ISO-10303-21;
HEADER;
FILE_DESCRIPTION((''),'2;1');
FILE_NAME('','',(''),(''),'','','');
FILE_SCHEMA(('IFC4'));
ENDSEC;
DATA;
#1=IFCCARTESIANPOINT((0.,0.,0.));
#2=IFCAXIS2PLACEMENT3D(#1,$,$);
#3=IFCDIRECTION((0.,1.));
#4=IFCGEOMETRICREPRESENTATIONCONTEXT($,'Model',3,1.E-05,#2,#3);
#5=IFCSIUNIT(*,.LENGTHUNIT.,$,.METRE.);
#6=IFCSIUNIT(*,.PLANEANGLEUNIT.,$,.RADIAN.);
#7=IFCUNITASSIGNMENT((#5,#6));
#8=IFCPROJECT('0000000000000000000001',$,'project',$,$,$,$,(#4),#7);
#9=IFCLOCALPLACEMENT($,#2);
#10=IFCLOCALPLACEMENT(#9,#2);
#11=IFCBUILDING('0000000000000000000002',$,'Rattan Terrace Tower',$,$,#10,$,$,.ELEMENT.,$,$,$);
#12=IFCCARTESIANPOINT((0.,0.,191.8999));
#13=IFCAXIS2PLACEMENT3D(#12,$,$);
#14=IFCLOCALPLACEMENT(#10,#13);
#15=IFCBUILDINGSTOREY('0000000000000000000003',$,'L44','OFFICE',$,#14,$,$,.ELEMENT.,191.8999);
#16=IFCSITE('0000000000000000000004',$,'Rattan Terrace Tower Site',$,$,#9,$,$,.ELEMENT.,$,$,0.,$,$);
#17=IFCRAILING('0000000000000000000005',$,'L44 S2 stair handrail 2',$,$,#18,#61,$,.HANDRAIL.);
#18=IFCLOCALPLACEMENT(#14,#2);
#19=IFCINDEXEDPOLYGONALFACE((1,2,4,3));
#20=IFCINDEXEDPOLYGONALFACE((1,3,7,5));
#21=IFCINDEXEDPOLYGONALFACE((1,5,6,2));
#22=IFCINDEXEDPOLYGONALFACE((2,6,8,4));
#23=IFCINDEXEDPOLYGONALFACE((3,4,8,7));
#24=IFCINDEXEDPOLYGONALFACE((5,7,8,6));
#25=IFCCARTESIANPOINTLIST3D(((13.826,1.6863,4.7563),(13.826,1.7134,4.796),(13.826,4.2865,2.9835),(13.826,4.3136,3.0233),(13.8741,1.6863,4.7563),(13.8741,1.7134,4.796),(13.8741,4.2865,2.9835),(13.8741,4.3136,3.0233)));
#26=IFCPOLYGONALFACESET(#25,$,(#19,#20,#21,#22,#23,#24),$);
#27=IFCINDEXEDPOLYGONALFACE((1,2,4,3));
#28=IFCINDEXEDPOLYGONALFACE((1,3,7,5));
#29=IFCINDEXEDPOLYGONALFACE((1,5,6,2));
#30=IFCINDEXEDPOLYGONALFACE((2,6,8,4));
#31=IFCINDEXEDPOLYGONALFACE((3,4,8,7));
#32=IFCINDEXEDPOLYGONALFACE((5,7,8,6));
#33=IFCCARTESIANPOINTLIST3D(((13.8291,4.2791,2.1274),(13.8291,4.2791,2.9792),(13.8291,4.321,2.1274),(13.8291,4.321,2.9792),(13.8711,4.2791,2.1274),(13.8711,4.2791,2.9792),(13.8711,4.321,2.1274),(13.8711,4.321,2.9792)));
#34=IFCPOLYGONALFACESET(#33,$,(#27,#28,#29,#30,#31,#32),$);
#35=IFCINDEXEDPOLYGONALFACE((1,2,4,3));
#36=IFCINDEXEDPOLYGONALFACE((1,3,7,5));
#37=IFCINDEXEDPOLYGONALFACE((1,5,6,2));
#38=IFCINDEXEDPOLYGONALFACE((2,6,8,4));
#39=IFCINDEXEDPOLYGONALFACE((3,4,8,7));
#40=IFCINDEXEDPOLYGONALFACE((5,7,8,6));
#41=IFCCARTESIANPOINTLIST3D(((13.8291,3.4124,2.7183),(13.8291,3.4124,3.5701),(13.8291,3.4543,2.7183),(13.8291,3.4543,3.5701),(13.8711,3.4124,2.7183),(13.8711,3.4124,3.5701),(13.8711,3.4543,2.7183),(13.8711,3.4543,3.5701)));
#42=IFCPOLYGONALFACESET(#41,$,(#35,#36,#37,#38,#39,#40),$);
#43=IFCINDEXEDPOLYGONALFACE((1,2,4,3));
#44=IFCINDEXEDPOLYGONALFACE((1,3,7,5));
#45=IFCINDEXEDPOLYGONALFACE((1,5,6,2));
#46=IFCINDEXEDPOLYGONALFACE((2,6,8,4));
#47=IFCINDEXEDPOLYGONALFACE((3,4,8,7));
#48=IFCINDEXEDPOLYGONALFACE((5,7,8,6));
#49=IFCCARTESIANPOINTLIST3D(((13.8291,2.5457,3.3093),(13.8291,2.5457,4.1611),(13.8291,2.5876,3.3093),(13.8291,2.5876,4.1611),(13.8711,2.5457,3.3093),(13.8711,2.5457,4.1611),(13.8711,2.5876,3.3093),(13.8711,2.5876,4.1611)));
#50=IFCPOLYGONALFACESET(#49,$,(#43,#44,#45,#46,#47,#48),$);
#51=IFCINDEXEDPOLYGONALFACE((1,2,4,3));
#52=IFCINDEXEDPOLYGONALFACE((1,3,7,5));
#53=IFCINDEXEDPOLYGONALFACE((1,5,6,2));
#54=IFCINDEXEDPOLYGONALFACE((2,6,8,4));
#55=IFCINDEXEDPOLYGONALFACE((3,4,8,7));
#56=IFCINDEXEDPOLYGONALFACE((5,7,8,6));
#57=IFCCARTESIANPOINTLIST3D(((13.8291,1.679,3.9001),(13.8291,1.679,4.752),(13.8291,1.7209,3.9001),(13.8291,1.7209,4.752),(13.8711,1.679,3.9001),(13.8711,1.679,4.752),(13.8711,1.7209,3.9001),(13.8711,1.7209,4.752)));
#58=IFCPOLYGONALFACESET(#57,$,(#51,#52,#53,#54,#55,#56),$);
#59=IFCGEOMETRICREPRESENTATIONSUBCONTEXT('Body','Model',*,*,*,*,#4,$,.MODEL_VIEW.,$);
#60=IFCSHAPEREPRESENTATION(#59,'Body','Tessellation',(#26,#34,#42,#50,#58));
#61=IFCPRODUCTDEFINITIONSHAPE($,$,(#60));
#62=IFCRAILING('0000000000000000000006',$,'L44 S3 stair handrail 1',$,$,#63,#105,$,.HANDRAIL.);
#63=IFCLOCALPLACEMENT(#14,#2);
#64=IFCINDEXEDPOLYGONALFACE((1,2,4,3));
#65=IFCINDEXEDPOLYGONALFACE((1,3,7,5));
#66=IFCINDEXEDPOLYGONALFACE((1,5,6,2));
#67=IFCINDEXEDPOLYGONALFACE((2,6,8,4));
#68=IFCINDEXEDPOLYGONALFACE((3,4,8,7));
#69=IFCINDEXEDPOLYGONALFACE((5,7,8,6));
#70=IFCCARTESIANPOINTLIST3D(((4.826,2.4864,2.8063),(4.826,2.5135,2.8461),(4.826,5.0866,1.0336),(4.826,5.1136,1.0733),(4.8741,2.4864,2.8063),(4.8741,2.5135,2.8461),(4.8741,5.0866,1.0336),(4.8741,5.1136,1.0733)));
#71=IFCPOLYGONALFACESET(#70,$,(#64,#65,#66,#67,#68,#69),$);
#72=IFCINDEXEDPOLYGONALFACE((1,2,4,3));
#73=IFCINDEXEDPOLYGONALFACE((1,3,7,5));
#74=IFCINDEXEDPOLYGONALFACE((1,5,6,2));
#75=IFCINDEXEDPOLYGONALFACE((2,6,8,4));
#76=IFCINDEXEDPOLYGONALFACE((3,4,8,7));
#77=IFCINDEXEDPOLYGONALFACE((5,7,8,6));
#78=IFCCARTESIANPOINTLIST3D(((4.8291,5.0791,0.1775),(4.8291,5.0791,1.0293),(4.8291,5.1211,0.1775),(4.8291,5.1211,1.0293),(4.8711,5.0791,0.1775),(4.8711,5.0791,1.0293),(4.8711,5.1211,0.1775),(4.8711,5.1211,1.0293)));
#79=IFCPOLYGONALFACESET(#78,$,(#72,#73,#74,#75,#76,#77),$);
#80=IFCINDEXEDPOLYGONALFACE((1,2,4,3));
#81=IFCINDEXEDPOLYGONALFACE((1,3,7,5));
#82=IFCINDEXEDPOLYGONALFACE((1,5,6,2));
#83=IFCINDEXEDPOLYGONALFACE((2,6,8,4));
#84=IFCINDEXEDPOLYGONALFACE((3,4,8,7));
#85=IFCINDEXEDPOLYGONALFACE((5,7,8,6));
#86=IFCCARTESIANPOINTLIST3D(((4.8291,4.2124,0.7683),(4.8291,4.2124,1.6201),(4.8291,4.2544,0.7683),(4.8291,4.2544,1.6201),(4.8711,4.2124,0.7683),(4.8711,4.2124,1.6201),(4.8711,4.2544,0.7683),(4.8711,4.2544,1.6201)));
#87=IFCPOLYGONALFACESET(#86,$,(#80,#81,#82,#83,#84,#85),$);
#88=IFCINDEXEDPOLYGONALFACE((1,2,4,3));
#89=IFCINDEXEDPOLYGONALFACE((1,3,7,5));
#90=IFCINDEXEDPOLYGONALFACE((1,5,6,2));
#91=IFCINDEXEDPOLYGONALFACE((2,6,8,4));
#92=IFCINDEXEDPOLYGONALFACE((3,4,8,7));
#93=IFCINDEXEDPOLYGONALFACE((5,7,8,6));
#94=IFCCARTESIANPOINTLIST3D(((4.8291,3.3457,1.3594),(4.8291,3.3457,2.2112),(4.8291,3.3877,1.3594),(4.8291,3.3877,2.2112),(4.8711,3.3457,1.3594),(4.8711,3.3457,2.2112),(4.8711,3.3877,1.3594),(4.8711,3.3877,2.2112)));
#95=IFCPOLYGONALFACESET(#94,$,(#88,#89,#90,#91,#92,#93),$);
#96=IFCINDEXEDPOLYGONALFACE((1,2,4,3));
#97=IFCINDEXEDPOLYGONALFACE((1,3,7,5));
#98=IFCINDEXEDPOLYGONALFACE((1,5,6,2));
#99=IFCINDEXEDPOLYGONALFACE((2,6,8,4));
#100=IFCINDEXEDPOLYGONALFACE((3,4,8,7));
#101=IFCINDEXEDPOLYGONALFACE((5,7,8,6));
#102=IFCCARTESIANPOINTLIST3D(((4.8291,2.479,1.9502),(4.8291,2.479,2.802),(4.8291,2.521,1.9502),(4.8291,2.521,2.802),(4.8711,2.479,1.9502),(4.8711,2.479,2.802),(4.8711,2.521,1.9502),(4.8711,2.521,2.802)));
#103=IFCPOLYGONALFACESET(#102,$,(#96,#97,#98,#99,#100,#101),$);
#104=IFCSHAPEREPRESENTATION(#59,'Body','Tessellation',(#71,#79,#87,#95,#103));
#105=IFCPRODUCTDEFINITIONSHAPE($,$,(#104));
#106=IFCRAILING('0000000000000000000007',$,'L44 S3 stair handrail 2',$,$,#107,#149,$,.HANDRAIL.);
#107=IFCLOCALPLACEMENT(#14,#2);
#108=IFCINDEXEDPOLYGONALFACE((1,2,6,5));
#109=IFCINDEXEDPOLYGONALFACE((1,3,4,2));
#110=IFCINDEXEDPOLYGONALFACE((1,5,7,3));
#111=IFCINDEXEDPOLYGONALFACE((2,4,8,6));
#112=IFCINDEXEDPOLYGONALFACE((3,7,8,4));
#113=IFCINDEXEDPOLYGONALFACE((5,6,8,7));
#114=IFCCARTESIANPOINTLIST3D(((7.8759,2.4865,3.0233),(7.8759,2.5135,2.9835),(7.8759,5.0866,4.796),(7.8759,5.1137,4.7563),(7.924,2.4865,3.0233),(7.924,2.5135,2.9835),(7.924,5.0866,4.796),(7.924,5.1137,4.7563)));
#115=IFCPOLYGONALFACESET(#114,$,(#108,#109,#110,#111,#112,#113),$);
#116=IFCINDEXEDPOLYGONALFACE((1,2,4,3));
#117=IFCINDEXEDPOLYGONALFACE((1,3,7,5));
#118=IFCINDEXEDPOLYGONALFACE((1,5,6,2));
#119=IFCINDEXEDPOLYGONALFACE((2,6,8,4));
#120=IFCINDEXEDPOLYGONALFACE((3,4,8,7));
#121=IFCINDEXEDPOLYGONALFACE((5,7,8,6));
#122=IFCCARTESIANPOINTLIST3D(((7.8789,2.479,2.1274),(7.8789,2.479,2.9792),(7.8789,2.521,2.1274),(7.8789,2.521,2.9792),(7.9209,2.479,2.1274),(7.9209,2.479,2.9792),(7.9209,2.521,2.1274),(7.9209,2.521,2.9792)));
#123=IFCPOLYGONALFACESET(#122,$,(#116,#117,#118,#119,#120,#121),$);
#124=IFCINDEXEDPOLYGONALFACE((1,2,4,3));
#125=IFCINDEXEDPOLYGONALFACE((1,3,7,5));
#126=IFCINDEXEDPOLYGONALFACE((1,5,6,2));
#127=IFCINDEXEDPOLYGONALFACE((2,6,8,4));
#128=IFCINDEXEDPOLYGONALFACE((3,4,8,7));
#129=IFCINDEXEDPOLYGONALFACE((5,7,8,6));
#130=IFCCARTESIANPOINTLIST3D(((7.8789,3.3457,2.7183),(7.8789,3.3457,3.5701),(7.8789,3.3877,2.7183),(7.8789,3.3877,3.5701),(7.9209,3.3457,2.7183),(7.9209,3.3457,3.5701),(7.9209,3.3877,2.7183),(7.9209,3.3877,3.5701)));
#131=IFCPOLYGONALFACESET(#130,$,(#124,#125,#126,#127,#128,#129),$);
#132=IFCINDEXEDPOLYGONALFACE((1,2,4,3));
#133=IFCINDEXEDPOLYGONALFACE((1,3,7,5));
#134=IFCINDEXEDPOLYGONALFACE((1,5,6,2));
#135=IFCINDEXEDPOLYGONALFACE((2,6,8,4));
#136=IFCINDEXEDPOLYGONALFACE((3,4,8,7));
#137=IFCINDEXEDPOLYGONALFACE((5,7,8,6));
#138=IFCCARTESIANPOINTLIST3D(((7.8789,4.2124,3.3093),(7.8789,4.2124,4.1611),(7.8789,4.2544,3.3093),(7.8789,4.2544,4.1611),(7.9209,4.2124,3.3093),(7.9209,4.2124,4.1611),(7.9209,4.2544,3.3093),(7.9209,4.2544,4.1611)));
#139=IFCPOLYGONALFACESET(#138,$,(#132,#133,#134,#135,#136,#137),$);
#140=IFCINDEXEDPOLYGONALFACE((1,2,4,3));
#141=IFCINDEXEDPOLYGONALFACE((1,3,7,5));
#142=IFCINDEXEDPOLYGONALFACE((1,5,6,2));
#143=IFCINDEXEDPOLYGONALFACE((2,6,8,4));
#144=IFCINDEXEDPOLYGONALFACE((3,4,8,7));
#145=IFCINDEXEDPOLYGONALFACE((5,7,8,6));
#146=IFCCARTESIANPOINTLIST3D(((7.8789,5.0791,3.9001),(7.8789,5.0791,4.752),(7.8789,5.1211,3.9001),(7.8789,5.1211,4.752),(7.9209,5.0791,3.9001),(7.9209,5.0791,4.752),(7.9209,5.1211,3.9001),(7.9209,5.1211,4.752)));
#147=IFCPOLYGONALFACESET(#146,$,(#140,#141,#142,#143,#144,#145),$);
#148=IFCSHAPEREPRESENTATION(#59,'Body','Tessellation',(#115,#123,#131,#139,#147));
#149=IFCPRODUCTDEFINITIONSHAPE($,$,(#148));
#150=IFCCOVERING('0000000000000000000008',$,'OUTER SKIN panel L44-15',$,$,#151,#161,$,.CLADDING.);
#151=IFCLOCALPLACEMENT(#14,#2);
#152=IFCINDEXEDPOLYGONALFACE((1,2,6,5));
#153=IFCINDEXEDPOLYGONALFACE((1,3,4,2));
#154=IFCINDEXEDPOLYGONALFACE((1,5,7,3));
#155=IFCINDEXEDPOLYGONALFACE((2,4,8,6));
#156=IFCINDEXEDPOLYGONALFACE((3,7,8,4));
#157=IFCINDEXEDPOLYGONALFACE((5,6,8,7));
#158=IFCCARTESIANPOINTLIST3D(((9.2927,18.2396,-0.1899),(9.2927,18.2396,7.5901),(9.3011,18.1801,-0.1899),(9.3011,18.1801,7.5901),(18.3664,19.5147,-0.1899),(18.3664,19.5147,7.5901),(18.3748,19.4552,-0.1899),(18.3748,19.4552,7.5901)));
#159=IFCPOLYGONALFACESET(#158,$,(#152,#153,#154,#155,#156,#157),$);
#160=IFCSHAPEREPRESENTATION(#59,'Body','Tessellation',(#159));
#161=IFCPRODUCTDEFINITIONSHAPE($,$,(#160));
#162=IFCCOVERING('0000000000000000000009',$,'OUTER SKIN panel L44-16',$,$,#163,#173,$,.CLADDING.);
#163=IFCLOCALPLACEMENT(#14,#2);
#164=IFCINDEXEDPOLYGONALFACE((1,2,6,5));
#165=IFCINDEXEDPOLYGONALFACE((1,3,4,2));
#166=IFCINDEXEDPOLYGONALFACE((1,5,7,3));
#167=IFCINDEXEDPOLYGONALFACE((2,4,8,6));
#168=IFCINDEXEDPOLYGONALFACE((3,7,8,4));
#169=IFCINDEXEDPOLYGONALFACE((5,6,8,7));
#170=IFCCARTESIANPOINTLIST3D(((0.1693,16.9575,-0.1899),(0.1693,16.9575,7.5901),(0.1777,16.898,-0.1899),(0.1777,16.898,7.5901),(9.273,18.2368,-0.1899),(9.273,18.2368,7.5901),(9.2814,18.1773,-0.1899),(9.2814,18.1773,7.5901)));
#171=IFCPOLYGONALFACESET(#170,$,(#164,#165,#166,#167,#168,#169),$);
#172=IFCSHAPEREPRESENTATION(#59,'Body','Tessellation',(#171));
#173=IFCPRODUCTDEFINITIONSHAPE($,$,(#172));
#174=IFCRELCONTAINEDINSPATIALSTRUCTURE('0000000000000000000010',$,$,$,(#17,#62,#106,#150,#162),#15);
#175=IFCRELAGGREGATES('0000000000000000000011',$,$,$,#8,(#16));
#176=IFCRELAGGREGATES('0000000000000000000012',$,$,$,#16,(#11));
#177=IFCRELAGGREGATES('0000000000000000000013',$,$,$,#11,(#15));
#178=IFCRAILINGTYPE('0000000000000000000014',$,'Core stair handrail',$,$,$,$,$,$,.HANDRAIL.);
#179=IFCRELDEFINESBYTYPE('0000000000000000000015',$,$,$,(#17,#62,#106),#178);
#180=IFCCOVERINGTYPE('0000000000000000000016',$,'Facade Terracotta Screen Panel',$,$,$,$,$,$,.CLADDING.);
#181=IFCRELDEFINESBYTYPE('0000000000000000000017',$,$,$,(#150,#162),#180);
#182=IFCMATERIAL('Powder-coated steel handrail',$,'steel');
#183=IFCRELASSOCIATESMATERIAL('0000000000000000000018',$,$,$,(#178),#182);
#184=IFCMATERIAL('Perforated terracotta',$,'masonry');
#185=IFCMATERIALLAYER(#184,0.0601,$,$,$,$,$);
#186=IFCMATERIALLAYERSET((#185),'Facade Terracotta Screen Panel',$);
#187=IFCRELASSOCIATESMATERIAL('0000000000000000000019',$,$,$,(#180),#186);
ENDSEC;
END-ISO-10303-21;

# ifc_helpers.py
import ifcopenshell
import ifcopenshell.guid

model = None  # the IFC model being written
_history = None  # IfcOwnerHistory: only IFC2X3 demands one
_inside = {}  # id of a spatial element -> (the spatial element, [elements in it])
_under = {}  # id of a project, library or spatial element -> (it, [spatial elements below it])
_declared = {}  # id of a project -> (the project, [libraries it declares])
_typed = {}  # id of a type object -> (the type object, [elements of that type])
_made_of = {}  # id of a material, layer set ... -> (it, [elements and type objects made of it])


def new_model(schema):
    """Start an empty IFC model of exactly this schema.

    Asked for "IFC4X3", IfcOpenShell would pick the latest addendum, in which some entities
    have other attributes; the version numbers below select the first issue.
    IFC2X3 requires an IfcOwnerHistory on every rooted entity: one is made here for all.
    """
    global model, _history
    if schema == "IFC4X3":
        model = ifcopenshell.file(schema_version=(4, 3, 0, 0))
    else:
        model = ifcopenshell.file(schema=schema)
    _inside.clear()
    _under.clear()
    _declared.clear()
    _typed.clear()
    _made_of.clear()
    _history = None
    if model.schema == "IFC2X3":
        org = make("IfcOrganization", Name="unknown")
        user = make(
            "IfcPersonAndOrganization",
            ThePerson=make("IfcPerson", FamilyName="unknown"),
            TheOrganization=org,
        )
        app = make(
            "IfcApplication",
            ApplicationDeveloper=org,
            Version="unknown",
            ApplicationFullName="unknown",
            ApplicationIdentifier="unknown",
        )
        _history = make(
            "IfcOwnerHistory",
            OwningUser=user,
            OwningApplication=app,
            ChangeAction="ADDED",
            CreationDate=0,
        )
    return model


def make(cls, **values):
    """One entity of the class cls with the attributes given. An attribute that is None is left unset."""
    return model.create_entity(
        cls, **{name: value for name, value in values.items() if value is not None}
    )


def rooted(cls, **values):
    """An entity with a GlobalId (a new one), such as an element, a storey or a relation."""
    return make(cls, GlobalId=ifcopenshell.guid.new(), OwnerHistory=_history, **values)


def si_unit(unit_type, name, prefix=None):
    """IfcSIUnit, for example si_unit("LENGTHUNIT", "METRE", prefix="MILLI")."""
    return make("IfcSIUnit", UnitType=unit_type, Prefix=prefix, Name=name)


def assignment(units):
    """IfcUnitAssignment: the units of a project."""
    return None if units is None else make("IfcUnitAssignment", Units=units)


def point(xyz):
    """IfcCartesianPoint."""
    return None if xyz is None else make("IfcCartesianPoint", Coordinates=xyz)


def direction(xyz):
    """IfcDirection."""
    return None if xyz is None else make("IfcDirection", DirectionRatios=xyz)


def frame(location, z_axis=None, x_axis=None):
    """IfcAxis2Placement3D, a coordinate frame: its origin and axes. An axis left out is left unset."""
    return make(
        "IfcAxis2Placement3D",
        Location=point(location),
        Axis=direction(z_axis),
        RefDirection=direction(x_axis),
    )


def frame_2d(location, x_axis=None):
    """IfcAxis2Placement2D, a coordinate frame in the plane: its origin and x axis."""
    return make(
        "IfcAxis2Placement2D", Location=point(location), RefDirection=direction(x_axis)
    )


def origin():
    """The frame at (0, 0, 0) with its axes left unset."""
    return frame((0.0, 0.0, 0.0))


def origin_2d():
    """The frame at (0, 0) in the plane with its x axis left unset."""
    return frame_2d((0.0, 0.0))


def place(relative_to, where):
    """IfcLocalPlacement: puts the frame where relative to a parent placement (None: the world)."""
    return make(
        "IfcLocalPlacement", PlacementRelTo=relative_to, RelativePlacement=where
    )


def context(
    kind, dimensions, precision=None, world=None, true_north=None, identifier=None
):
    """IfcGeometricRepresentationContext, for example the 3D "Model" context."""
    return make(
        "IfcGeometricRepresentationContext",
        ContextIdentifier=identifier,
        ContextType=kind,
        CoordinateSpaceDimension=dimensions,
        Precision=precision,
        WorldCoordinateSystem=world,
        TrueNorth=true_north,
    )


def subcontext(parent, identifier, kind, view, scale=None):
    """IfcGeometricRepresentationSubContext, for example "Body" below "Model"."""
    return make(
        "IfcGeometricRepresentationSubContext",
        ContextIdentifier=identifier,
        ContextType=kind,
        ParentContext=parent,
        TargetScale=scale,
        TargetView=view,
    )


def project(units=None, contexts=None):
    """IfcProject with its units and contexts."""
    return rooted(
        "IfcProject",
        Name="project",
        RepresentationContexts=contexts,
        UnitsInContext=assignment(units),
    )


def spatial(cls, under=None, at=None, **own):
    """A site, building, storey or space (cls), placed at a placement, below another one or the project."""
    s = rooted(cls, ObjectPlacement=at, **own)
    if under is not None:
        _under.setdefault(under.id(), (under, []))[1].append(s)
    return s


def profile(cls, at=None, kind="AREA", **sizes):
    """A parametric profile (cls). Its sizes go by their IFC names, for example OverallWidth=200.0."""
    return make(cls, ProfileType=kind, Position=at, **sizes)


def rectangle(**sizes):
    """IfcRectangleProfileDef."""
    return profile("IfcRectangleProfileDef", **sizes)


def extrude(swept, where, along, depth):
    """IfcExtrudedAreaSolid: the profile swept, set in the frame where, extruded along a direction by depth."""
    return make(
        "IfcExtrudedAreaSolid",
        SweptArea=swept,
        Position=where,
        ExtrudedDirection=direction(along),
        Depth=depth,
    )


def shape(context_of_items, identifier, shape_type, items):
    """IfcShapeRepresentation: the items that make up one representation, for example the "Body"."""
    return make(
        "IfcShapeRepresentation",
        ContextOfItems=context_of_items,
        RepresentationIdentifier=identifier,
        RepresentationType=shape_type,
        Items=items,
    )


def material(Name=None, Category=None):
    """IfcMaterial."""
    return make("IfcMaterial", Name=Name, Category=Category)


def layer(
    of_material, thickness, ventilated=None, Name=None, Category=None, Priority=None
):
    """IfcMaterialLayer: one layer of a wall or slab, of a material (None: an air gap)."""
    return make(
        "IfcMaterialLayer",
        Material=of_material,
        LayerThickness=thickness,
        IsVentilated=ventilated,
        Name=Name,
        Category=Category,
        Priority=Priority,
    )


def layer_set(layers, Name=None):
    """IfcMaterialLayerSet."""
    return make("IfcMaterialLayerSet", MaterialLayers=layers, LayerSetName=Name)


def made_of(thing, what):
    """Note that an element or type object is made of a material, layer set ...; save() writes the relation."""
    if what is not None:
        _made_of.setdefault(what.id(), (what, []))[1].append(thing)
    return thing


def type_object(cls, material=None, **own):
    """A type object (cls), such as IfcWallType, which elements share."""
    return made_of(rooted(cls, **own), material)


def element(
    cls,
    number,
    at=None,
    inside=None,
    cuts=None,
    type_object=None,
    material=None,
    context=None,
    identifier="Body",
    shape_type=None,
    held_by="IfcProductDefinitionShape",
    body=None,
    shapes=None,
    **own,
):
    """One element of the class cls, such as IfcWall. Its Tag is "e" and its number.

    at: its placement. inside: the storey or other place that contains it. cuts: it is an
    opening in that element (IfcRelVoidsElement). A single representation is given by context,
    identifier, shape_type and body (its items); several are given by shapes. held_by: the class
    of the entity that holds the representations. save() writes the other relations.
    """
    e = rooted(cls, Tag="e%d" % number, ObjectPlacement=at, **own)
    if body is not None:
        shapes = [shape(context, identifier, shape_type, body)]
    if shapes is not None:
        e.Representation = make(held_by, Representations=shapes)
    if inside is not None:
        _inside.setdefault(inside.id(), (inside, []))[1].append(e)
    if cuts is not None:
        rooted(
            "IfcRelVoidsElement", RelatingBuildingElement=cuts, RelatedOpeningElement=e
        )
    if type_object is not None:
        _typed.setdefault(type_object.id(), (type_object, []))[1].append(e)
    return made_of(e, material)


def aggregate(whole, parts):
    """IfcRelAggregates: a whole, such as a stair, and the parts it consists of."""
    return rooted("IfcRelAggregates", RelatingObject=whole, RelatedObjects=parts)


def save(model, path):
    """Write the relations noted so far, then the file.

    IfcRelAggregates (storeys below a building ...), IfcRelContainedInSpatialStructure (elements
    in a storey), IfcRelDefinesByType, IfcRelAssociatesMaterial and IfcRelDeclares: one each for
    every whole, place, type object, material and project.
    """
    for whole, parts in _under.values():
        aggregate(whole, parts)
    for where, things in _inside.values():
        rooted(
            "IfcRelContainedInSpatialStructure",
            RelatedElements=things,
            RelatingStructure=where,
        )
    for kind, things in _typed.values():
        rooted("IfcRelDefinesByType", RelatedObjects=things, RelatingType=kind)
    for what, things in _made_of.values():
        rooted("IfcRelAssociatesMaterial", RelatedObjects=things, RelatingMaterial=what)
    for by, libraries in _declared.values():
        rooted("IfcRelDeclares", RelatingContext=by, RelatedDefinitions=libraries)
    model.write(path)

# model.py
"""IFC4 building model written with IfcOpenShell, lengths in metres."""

from ifc_helpers import new_model, si_unit, direction, frame, origin, origin_2d, place, context, subcontext, project, spatial, rectangle, extrude, material, layer, layer_set, type_object, element, save


model = new_model("IFC4")

# Units and contexts
model_context = context("Model", 3, precision=1e-05, world=origin(), true_north=direction((0.0, 1.0)))
body_context = subcontext(model_context, "Body", "Model", "MODEL_VIEW")
ifc_project = project(units=[si_unit("LENGTHUNIT", "METRE"), si_unit("PLANEANGLEUNIT", "RADIAN")], contexts=[model_context])

# Site, building, storey
site_placement = place(None, origin())
site = spatial("IfcSite", under=ifc_project, at=site_placement, Name="Rattan Terrace Tower Site", CompositionType="ELEMENT", RefElevation=0.0)
building_placement = place(site_placement, origin())
building = spatial("IfcBuilding", under=site, at=building_placement, Name="Rattan Terrace Tower", CompositionType="ELEMENT")
storey_placement = place(building_placement, frame((0.0, 0.0, 191.8999)))
storey = spatial("IfcBuildingStorey", under=building, at=storey_placement, Name="L44", Description="OFFICE", CompositionType="ELEMENT", Elevation=191.8999)

# Railings
ifc_material_1 = material(Name="Powder-coated steel handrail", Category="steel")
railing_type_1 = type_object("IfcRailingType", Name="Core stair handrail", PredefinedType="HANDRAIL", material=ifc_material_1)
for number, where, name in (
    (1, (13.8501, 4.3, 2.1274), "L44 S2 stair handrail 2"),
    (2, (4.8501, 5.1001, 0.1775), "L44 S3 stair handrail 1"),
):
    element("IfcRailing", number, at=place(storey_placement, frame(where)), inside=storey, type_object=railing_type_1, Name=name, PredefinedType="HANDRAIL", context=body_context, shape_type="SweptSolid", body=[
        extrude(rectangle(XDim=0.0481, YDim=0.0481, at=origin_2d()), frame((0.0, 0.0, 0.876), z_axis=(0.0, -0.82624, 0.563318), x_axis=(1.0, 0.0, 0.0)), (0.0, 0.0, 1.0), 3.147),
        extrude(rectangle(XDim=0.042, YDim=0.042, at=origin_2d()), origin(), (0.0, 0.0, 1.0), 0.8518),
        extrude(rectangle(XDim=0.042, YDim=0.042, at=origin_2d()), frame((0.0, -0.8667, 0.5908)), (0.0, 0.0, 1.0), 0.8518),
        extrude(rectangle(XDim=0.042, YDim=0.042, at=origin_2d()), frame((0.0, -1.7334, 1.1819)), (0.0, 0.0, 1.0), 0.8518),
        extrude(rectangle(XDim=0.042, YDim=0.042, at=origin_2d()), frame((0.0, -2.6001, 1.7727)), (0.0, 0.0, 1.0), 0.8518),
    ])
railing_1_placement = place(storey_placement, frame((7.8999, 2.5, 2.1274)))
element("IfcRailing", 3, at=railing_1_placement, inside=storey, type_object=railing_type_1, Name="L44 S3 stair handrail 2", PredefinedType="HANDRAIL", context=body_context, shape_type="SweptSolid", body=[
    extrude(rectangle(XDim=0.0481, YDim=0.0481, at=origin_2d()), frame((0.0, 0.0, 0.876), z_axis=(0.0, 0.82624, 0.563318), x_axis=(-1.0, 0.0, 0.0)), (0.0, 0.0, 1.0), 3.147),
    extrude(rectangle(XDim=0.042, YDim=0.042, at=origin_2d()), origin(), (0.0, 0.0, 1.0), 0.8518),
    extrude(rectangle(XDim=0.042, YDim=0.042, at=origin_2d()), frame((0.0, 0.8667, 0.5908)), (0.0, 0.0, 1.0), 0.8518),
    extrude(rectangle(XDim=0.042, YDim=0.042, at=origin_2d()), frame((0.0, 1.7334, 1.1819)), (0.0, 0.0, 1.0), 0.8518),
    extrude(rectangle(XDim=0.042, YDim=0.042, at=origin_2d()), frame((0.0, 2.6001, 1.7727)), (0.0, 0.0, 1.0), 0.8518),
])

# Coverings
ifc_material_2 = material(Name="Perforated terracotta", Category="masonry")
ifc_layer_1 = layer(ifc_material_2, 0.0601)
ifc_layer_set_1 = layer_set([ifc_layer_1], Name="Facade Terracotta Screen Panel")
covering_type = type_object("IfcCoveringType", Name="Facade Terracotta Screen Panel", PredefinedType="CLADDING", material=ifc_layer_set_1)
covering_1_placement = place(storey_placement, frame((13.8337, 18.8474, -0.1899), z_axis=(0.0, 0.0, 1.0), x_axis=(-0.99027, -0.139161, 0.0)))
element("IfcCovering", 4, at=covering_1_placement, inside=storey, type_object=covering_type, Name="OUTER SKIN panel L44-15", PredefinedType="CLADDING", context=body_context, shape_type="SweptSolid", body=[
    extrude(rectangle(XDim=9.1628, YDim=0.0601, at=origin_2d()), origin(), (0.0, 0.0, 1.0), 7.78),
])
covering_2_placement = place(storey_placement, frame((4.7253, 17.5674, -0.1899), z_axis=(0.0, 0.0, 1.0), x_axis=(-0.99027, -0.139161, 0.0)))
element("IfcCovering", 5, at=covering_2_placement, inside=storey, type_object=covering_type, Name="OUTER SKIN panel L44-16", PredefinedType="CLADDING", context=body_context, shape_type="SweptSolid", body=[
    extrude(rectangle(XDim=9.1931, YDim=0.0601, at=origin_2d()), origin(), (0.0, 0.0, 1.0), 7.78),
])

save(model, "model.ifc")
